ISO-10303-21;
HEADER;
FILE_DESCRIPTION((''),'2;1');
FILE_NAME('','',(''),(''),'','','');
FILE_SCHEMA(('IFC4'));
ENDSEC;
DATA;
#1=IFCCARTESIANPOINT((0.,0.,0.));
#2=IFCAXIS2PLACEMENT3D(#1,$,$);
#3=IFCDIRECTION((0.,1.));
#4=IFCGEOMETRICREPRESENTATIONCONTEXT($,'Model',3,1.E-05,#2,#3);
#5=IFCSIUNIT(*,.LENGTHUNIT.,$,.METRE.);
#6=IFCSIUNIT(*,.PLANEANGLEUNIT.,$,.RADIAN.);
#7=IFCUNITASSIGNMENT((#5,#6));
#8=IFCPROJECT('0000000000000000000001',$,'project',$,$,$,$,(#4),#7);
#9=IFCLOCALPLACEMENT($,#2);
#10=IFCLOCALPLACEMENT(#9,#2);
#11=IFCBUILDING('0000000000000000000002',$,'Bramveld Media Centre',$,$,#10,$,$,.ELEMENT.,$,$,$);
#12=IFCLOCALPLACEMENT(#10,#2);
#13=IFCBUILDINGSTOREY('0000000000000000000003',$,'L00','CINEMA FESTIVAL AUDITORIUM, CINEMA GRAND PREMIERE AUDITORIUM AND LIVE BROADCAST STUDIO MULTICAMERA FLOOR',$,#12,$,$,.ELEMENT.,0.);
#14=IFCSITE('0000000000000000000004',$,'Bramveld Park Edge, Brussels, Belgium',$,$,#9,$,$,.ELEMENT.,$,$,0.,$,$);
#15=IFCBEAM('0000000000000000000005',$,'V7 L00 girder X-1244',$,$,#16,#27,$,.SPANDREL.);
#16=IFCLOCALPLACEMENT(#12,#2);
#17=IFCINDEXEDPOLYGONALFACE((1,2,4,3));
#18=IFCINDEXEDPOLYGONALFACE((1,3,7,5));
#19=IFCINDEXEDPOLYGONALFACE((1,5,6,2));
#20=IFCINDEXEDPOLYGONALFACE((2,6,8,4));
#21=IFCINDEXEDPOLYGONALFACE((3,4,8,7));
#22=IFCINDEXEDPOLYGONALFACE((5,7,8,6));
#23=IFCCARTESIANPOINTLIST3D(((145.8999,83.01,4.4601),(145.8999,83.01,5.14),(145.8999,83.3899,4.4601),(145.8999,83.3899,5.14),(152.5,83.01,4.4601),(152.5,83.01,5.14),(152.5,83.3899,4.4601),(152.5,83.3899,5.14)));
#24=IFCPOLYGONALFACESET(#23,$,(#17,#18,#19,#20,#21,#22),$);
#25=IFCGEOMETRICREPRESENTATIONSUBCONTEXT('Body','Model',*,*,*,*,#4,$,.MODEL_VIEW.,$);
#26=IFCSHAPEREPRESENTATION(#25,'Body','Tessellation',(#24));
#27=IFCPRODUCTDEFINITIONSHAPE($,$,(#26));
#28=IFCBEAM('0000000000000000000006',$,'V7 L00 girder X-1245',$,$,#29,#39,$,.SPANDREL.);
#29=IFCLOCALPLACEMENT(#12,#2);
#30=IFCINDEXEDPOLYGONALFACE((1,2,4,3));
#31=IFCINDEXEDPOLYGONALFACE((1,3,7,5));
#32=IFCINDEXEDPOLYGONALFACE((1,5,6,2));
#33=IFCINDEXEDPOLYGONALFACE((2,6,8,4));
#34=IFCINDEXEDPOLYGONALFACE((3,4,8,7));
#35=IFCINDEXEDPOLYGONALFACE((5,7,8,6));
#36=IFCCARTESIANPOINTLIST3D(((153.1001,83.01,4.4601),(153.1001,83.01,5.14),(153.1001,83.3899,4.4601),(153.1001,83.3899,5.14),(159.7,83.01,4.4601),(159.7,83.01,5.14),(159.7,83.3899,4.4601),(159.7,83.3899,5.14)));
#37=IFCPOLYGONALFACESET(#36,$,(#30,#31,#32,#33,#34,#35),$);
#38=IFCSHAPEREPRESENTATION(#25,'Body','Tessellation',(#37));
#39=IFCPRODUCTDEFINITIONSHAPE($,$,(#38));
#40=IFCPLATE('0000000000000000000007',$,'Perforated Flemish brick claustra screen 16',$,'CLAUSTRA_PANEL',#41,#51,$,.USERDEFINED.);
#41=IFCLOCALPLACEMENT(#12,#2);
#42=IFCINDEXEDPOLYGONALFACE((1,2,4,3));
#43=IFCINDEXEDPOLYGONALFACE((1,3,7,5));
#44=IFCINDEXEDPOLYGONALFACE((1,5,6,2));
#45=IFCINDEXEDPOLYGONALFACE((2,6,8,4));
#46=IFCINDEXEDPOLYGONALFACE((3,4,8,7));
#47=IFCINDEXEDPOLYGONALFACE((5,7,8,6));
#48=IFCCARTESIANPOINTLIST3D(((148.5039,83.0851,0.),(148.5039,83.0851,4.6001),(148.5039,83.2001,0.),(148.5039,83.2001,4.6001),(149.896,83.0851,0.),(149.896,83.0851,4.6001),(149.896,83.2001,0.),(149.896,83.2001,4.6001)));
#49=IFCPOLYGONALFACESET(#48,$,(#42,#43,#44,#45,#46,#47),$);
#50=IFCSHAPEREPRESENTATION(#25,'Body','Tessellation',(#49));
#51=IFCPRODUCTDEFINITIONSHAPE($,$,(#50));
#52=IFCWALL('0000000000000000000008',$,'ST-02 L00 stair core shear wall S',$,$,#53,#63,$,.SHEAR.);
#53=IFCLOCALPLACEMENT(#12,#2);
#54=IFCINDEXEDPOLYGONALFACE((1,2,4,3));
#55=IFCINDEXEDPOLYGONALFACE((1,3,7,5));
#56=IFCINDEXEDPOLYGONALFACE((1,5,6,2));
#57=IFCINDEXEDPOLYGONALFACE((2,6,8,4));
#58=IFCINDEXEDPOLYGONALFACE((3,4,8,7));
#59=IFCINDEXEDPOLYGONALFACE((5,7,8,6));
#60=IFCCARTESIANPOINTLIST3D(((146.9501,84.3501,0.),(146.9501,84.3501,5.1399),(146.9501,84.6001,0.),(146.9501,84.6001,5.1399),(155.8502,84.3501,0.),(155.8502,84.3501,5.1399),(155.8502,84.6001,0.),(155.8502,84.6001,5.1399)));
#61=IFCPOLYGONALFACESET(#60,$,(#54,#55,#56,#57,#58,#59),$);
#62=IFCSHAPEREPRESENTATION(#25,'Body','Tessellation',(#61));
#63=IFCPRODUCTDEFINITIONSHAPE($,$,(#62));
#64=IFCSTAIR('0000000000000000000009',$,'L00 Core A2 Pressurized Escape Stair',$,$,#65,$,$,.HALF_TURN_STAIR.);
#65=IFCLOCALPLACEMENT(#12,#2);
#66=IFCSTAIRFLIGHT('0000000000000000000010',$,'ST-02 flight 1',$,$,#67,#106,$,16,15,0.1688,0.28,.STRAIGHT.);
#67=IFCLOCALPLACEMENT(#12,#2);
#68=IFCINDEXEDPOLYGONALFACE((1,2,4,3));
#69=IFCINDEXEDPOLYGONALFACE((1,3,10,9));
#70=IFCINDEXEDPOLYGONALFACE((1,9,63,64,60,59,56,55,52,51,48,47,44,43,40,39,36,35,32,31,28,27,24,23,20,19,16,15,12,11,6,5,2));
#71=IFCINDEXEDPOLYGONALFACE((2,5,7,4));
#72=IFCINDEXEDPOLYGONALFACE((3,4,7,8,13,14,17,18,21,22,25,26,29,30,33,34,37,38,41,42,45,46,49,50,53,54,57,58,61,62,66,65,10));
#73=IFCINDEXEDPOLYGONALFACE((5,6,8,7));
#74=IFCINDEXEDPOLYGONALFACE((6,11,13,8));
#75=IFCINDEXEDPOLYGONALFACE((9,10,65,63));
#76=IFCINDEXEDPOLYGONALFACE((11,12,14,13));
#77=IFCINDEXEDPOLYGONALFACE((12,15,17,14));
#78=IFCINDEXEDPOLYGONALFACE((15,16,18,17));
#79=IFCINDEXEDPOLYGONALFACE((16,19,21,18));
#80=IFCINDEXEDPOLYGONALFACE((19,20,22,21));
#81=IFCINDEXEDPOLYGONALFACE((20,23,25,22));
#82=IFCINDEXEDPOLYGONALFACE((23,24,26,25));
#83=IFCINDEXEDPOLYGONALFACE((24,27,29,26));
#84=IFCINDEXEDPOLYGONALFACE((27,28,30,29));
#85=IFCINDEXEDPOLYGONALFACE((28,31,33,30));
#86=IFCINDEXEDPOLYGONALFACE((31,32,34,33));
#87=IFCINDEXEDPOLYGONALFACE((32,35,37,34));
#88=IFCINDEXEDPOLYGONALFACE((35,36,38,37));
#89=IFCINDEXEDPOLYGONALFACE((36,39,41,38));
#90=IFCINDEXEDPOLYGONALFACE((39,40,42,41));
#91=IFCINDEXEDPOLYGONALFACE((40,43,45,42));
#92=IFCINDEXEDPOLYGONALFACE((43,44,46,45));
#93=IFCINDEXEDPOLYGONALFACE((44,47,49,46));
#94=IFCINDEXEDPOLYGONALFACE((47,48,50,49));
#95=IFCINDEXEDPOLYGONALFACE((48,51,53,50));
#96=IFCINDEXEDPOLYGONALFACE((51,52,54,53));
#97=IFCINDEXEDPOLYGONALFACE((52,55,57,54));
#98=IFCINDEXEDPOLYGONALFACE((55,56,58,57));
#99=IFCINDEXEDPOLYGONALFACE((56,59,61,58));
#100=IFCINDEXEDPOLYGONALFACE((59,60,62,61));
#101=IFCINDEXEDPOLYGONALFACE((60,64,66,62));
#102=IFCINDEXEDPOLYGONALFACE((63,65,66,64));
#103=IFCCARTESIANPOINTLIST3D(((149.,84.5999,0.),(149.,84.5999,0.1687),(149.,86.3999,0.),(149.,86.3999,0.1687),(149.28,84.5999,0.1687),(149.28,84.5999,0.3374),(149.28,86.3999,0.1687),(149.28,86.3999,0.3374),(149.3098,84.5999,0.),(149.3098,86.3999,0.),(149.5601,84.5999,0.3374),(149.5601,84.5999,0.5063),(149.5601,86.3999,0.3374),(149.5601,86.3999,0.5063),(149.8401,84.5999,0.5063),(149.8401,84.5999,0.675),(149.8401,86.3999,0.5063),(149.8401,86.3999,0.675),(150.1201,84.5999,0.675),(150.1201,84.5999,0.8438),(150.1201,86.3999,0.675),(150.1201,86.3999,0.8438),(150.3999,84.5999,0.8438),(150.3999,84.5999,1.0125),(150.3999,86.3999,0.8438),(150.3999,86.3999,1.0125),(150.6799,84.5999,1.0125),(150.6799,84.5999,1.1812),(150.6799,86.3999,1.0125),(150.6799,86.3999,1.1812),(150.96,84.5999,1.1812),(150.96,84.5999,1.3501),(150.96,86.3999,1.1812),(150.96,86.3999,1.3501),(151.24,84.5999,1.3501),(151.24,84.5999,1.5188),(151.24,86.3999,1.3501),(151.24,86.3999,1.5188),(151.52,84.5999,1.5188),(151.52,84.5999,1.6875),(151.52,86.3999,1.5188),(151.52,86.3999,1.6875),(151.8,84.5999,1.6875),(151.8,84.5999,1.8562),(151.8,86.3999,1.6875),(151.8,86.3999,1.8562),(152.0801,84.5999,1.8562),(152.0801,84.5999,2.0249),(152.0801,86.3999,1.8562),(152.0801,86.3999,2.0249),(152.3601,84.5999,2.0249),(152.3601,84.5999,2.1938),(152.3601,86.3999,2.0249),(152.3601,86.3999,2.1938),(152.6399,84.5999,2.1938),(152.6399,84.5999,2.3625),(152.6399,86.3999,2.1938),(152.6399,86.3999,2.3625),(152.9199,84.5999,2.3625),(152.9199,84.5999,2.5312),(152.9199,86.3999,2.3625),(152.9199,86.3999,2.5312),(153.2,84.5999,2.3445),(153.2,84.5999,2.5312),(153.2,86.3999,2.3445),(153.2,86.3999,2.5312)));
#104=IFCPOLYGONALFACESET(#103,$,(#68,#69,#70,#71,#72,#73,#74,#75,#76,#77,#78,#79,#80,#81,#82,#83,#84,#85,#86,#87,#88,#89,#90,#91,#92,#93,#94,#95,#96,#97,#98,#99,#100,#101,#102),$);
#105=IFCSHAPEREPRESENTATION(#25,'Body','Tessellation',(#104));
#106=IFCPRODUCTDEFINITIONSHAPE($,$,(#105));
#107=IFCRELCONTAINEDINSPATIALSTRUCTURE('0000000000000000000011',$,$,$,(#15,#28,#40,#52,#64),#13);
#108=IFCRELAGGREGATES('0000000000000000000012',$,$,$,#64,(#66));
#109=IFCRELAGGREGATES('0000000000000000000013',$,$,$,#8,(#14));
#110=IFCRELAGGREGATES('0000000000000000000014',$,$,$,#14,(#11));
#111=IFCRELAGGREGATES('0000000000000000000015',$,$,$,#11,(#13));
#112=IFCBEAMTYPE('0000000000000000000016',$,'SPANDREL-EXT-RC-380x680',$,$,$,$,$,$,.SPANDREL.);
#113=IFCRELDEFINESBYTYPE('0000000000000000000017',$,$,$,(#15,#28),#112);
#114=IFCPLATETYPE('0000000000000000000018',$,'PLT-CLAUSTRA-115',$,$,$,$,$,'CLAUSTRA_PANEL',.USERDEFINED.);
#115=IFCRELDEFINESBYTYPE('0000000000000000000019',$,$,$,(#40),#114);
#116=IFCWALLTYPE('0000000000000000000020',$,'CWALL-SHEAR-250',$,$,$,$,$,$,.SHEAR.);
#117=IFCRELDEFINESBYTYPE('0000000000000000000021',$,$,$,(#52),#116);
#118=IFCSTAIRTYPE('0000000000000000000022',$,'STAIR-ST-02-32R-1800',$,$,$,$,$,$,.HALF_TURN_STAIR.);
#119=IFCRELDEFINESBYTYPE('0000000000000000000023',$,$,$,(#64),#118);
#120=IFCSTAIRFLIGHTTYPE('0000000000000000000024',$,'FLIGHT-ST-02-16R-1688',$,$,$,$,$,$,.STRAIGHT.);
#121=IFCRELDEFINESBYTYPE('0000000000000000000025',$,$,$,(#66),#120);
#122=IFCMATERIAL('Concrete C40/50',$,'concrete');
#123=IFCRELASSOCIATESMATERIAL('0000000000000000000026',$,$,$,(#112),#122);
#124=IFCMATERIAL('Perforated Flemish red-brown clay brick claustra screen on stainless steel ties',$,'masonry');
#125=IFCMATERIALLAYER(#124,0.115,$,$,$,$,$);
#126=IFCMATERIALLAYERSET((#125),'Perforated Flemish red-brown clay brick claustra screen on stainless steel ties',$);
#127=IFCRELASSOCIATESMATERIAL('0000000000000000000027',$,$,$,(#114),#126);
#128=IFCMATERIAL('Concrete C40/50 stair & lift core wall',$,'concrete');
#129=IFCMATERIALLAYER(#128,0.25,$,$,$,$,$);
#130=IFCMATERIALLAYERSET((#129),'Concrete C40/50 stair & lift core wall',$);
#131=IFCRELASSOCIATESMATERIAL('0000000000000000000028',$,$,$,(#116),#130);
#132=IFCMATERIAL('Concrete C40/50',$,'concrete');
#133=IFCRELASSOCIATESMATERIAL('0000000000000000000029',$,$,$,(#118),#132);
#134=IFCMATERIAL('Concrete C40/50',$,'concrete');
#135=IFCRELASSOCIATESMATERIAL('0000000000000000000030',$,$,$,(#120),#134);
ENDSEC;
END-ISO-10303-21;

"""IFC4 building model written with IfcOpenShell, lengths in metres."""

from ifc_helpers import new_model, si_unit, direction, frame, frame_2d, origin, origin_2d, place, context, subcontext, project, spatial, polyline, rectangle, outline, extrude, material, layer, layer_set, material_profile, profile_set, type_object, element, aggregate, save


model = new_model("IFC4")

# Units and contexts
model_context = context("Model", 3, precision=1e-05, world=origin(), true_north=direction((0.0, 1.0)))
body_context = subcontext(model_context, "Body", "Model", "MODEL_VIEW")
ifc_project = project(units=[si_unit("LENGTHUNIT", "METRE"), si_unit("PLANEANGLEUNIT", "RADIAN")], contexts=[model_context])

# Site, building, storey
site_placement = place(None, origin())
site = spatial("IfcSite", under=ifc_project, at=site_placement, Name="Bramveld Park Edge, Brussels, Belgium", CompositionType="ELEMENT", RefElevation=0.0)
building_placement = place(site_placement, origin())
building = spatial("IfcBuilding", under=site, at=building_placement, Name="Bramveld Media Centre", CompositionType="ELEMENT")
storey_placement = place(building_placement, origin())
storey = spatial("IfcBuildingStorey", under=building, at=storey_placement, Name="L00", Description="CINEMA FESTIVAL AUDITORIUM, CINEMA GRAND PREMIERE AUDITORIUM AND LIVE BROADCAST STUDIO MULTICAMERA FLOOR", CompositionType="ELEMENT", Elevation=0.0)

# Beams
ifc_material_1 = material(Name="Concrete C40/50", Category="concrete")
ifc_material_profile_1 = material_profile(ifc_material_1, rectangle(XDim=0.3799, YDim=0.6799, at=origin_2d()), Name="RC 380x680")
ifc_profile_set_1 = profile_set([ifc_material_profile_1], Name="Concrete C40/50")
beam_type_1 = type_object("IfcBeamType", Name="SPANDREL-EXT-RC-380x680", PredefinedType="SPANDREL", material=ifc_profile_set_1)
beam_1_placement = place(storey_placement, frame((145.8999, 83.2, 4.8), z_axis=(1.0, 0.0, 0.0), x_axis=(0.0, 1.0, 0.0)))
element("IfcBeam", 1, at=beam_1_placement, inside=storey, type_object=beam_type_1, Name="V7 L00 girder X-1244", PredefinedType="SPANDREL", context=body_context, shape_type="SweptSolid", body=[
    extrude(rectangle(XDim=0.3799, YDim=0.6799, at=origin_2d()), origin(), (0.0, 0.0, 1.0), 6.6001),
])
beam_2_placement = place(storey_placement, frame((153.1001, 83.2, 4.8), z_axis=(1.0, 0.0, 0.0), x_axis=(0.0, 1.0, 0.0)))
element("IfcBeam", 2, at=beam_2_placement, inside=storey, type_object=beam_type_1, Name="V7 L00 girder X-1245", PredefinedType="SPANDREL", context=body_context, shape_type="SweptSolid", body=[
    extrude(rectangle(XDim=0.3799, YDim=0.6799, at=origin_2d()), origin(), (0.0, 0.0, 1.0), 6.5999),
])

# Plate
ifc_material_2 = material(Name="Perforated Flemish red-brown clay brick claustra screen on stainless steel ties", Category="masonry")
ifc_layer_1 = layer(ifc_material_2, 0.115)
ifc_layer_set_1 = layer_set([ifc_layer_1], Name="Perforated Flemish red-brown clay brick claustra screen on stainless steel ties")
plate_type = type_object("IfcPlateType", Name="PLT-CLAUSTRA-115", ElementType="CLAUSTRA_PANEL", PredefinedType="USERDEFINED", material=ifc_layer_set_1)
plate_placement = place(storey_placement, frame((149.2, 83.1426, 0.0), z_axis=(0.0, 0.0, 1.0), x_axis=(1.0, 0.0, 0.0)))
element("IfcPlate", 3, at=plate_placement, inside=storey, type_object=plate_type, Name="Perforated Flemish brick claustra screen 16", ObjectType="CLAUSTRA_PANEL", PredefinedType="USERDEFINED", context=body_context, shape_type="SweptSolid", body=[
    extrude(rectangle(XDim=1.3921, YDim=0.115, at=origin_2d()), origin(), (0.0, 0.0, 1.0), 4.6001),
])

# Wall
ifc_material_3 = material(Name="Concrete C40/50 stair & lift core wall", Category="concrete")
ifc_layer_2 = layer(ifc_material_3, 0.25)
ifc_layer_set_2 = layer_set([ifc_layer_2], Name="Concrete C40/50 stair & lift core wall")
wall_type = type_object("IfcWallType", Name="CWALL-SHEAR-250", PredefinedType="SHEAR", material=ifc_layer_set_2)
wall_placement = place(storey_placement, frame((146.95, 84.4751, 0.0), z_axis=(0.0, 0.0, 1.0), x_axis=(1.0, 0.0, 0.0)))
element("IfcWall", 4, at=wall_placement, inside=storey, type_object=wall_type, Name="ST-02 L00 stair core shear wall S", PredefinedType="SHEAR", context=body_context, shape_type="SweptSolid", body=[
    extrude(rectangle(XDim=8.9001, YDim=0.25, at=frame_2d((4.4502, 0.0))), origin(), (0.0, 0.0, 1.0), 5.1399),
])

# Stair, stair flight
ifc_material_4 = material(Name="Concrete C40/50", Category="concrete")
stair_type = type_object("IfcStairType", Name="STAIR-ST-02-32R-1800", PredefinedType="HALF_TURN_STAIR", material=ifc_material_4)
stair_placement = place(storey_placement, origin())
stair = element("IfcStair", 5, at=stair_placement, inside=storey, type_object=stair_type, Name="L00 Core A2 Pressurized Escape Stair", PredefinedType="HALF_TURN_STAIR")
ifc_material_5 = material(Name="Concrete C40/50", Category="concrete")
stair_flight_type = type_object("IfcStairFlightType", Name="FLIGHT-ST-02-16R-1688", PredefinedType="STRAIGHT", material=ifc_material_5)
stair_flight_placement = place(storey_placement, frame((149.0, 85.5, 0.0), z_axis=(0.0, 0.0, 1.0), x_axis=(1.0, 0.0, 0.0)))
stair_flight = element("IfcStairFlight", 6, at=stair_flight_placement, type_object=stair_flight_type, Name="ST-02 flight 1", NumberOfRisers=16, NumberOfTreads=15, PredefinedType="STRAIGHT", RiserHeight=0.1688, TreadLength=0.28, context=body_context, shape_type="SweptSolid", body=[
    extrude(outline(polyline([(0.0, 0.0), (0.0, 0.1687), (0.28, 0.1687), (0.28, 0.3374), (0.5601, 0.3374), (0.5601, 0.5063), (0.8401, 0.5063), (0.8401, 0.675), (1.1201, 0.675), (1.1201, 0.8438), (1.3999, 0.8438), (1.3999, 1.0125), (1.6799, 1.0125), (1.6799, 1.1812), (1.96, 1.1812), (1.96, 1.3501), (2.24, 1.3501), (2.24, 1.5188), (2.52, 1.5188), (2.52, 1.6875), (2.8, 1.6875), (2.8, 1.8562), (3.0801, 1.8562), (3.0801, 2.0249), (3.3601, 2.0249), (3.3601, 2.1938), (3.6399, 2.1938), (3.6399, 2.3625), (3.9199, 2.3625), (3.9199, 2.5312), (4.2, 2.5312), (4.2, 2.7), (4.2, 2.3445), (0.3098, 0.0), (0.0, 0.0)])), frame((0.0, 0.8999, 0.0), z_axis=(0.0, -1.0, 0.0), x_axis=(1.0, 0.0, 0.0)), (0.0, 0.0, 1.0), 1.8),
])
aggregate(stair, [stair_flight])

save(model, "model.ifc")
